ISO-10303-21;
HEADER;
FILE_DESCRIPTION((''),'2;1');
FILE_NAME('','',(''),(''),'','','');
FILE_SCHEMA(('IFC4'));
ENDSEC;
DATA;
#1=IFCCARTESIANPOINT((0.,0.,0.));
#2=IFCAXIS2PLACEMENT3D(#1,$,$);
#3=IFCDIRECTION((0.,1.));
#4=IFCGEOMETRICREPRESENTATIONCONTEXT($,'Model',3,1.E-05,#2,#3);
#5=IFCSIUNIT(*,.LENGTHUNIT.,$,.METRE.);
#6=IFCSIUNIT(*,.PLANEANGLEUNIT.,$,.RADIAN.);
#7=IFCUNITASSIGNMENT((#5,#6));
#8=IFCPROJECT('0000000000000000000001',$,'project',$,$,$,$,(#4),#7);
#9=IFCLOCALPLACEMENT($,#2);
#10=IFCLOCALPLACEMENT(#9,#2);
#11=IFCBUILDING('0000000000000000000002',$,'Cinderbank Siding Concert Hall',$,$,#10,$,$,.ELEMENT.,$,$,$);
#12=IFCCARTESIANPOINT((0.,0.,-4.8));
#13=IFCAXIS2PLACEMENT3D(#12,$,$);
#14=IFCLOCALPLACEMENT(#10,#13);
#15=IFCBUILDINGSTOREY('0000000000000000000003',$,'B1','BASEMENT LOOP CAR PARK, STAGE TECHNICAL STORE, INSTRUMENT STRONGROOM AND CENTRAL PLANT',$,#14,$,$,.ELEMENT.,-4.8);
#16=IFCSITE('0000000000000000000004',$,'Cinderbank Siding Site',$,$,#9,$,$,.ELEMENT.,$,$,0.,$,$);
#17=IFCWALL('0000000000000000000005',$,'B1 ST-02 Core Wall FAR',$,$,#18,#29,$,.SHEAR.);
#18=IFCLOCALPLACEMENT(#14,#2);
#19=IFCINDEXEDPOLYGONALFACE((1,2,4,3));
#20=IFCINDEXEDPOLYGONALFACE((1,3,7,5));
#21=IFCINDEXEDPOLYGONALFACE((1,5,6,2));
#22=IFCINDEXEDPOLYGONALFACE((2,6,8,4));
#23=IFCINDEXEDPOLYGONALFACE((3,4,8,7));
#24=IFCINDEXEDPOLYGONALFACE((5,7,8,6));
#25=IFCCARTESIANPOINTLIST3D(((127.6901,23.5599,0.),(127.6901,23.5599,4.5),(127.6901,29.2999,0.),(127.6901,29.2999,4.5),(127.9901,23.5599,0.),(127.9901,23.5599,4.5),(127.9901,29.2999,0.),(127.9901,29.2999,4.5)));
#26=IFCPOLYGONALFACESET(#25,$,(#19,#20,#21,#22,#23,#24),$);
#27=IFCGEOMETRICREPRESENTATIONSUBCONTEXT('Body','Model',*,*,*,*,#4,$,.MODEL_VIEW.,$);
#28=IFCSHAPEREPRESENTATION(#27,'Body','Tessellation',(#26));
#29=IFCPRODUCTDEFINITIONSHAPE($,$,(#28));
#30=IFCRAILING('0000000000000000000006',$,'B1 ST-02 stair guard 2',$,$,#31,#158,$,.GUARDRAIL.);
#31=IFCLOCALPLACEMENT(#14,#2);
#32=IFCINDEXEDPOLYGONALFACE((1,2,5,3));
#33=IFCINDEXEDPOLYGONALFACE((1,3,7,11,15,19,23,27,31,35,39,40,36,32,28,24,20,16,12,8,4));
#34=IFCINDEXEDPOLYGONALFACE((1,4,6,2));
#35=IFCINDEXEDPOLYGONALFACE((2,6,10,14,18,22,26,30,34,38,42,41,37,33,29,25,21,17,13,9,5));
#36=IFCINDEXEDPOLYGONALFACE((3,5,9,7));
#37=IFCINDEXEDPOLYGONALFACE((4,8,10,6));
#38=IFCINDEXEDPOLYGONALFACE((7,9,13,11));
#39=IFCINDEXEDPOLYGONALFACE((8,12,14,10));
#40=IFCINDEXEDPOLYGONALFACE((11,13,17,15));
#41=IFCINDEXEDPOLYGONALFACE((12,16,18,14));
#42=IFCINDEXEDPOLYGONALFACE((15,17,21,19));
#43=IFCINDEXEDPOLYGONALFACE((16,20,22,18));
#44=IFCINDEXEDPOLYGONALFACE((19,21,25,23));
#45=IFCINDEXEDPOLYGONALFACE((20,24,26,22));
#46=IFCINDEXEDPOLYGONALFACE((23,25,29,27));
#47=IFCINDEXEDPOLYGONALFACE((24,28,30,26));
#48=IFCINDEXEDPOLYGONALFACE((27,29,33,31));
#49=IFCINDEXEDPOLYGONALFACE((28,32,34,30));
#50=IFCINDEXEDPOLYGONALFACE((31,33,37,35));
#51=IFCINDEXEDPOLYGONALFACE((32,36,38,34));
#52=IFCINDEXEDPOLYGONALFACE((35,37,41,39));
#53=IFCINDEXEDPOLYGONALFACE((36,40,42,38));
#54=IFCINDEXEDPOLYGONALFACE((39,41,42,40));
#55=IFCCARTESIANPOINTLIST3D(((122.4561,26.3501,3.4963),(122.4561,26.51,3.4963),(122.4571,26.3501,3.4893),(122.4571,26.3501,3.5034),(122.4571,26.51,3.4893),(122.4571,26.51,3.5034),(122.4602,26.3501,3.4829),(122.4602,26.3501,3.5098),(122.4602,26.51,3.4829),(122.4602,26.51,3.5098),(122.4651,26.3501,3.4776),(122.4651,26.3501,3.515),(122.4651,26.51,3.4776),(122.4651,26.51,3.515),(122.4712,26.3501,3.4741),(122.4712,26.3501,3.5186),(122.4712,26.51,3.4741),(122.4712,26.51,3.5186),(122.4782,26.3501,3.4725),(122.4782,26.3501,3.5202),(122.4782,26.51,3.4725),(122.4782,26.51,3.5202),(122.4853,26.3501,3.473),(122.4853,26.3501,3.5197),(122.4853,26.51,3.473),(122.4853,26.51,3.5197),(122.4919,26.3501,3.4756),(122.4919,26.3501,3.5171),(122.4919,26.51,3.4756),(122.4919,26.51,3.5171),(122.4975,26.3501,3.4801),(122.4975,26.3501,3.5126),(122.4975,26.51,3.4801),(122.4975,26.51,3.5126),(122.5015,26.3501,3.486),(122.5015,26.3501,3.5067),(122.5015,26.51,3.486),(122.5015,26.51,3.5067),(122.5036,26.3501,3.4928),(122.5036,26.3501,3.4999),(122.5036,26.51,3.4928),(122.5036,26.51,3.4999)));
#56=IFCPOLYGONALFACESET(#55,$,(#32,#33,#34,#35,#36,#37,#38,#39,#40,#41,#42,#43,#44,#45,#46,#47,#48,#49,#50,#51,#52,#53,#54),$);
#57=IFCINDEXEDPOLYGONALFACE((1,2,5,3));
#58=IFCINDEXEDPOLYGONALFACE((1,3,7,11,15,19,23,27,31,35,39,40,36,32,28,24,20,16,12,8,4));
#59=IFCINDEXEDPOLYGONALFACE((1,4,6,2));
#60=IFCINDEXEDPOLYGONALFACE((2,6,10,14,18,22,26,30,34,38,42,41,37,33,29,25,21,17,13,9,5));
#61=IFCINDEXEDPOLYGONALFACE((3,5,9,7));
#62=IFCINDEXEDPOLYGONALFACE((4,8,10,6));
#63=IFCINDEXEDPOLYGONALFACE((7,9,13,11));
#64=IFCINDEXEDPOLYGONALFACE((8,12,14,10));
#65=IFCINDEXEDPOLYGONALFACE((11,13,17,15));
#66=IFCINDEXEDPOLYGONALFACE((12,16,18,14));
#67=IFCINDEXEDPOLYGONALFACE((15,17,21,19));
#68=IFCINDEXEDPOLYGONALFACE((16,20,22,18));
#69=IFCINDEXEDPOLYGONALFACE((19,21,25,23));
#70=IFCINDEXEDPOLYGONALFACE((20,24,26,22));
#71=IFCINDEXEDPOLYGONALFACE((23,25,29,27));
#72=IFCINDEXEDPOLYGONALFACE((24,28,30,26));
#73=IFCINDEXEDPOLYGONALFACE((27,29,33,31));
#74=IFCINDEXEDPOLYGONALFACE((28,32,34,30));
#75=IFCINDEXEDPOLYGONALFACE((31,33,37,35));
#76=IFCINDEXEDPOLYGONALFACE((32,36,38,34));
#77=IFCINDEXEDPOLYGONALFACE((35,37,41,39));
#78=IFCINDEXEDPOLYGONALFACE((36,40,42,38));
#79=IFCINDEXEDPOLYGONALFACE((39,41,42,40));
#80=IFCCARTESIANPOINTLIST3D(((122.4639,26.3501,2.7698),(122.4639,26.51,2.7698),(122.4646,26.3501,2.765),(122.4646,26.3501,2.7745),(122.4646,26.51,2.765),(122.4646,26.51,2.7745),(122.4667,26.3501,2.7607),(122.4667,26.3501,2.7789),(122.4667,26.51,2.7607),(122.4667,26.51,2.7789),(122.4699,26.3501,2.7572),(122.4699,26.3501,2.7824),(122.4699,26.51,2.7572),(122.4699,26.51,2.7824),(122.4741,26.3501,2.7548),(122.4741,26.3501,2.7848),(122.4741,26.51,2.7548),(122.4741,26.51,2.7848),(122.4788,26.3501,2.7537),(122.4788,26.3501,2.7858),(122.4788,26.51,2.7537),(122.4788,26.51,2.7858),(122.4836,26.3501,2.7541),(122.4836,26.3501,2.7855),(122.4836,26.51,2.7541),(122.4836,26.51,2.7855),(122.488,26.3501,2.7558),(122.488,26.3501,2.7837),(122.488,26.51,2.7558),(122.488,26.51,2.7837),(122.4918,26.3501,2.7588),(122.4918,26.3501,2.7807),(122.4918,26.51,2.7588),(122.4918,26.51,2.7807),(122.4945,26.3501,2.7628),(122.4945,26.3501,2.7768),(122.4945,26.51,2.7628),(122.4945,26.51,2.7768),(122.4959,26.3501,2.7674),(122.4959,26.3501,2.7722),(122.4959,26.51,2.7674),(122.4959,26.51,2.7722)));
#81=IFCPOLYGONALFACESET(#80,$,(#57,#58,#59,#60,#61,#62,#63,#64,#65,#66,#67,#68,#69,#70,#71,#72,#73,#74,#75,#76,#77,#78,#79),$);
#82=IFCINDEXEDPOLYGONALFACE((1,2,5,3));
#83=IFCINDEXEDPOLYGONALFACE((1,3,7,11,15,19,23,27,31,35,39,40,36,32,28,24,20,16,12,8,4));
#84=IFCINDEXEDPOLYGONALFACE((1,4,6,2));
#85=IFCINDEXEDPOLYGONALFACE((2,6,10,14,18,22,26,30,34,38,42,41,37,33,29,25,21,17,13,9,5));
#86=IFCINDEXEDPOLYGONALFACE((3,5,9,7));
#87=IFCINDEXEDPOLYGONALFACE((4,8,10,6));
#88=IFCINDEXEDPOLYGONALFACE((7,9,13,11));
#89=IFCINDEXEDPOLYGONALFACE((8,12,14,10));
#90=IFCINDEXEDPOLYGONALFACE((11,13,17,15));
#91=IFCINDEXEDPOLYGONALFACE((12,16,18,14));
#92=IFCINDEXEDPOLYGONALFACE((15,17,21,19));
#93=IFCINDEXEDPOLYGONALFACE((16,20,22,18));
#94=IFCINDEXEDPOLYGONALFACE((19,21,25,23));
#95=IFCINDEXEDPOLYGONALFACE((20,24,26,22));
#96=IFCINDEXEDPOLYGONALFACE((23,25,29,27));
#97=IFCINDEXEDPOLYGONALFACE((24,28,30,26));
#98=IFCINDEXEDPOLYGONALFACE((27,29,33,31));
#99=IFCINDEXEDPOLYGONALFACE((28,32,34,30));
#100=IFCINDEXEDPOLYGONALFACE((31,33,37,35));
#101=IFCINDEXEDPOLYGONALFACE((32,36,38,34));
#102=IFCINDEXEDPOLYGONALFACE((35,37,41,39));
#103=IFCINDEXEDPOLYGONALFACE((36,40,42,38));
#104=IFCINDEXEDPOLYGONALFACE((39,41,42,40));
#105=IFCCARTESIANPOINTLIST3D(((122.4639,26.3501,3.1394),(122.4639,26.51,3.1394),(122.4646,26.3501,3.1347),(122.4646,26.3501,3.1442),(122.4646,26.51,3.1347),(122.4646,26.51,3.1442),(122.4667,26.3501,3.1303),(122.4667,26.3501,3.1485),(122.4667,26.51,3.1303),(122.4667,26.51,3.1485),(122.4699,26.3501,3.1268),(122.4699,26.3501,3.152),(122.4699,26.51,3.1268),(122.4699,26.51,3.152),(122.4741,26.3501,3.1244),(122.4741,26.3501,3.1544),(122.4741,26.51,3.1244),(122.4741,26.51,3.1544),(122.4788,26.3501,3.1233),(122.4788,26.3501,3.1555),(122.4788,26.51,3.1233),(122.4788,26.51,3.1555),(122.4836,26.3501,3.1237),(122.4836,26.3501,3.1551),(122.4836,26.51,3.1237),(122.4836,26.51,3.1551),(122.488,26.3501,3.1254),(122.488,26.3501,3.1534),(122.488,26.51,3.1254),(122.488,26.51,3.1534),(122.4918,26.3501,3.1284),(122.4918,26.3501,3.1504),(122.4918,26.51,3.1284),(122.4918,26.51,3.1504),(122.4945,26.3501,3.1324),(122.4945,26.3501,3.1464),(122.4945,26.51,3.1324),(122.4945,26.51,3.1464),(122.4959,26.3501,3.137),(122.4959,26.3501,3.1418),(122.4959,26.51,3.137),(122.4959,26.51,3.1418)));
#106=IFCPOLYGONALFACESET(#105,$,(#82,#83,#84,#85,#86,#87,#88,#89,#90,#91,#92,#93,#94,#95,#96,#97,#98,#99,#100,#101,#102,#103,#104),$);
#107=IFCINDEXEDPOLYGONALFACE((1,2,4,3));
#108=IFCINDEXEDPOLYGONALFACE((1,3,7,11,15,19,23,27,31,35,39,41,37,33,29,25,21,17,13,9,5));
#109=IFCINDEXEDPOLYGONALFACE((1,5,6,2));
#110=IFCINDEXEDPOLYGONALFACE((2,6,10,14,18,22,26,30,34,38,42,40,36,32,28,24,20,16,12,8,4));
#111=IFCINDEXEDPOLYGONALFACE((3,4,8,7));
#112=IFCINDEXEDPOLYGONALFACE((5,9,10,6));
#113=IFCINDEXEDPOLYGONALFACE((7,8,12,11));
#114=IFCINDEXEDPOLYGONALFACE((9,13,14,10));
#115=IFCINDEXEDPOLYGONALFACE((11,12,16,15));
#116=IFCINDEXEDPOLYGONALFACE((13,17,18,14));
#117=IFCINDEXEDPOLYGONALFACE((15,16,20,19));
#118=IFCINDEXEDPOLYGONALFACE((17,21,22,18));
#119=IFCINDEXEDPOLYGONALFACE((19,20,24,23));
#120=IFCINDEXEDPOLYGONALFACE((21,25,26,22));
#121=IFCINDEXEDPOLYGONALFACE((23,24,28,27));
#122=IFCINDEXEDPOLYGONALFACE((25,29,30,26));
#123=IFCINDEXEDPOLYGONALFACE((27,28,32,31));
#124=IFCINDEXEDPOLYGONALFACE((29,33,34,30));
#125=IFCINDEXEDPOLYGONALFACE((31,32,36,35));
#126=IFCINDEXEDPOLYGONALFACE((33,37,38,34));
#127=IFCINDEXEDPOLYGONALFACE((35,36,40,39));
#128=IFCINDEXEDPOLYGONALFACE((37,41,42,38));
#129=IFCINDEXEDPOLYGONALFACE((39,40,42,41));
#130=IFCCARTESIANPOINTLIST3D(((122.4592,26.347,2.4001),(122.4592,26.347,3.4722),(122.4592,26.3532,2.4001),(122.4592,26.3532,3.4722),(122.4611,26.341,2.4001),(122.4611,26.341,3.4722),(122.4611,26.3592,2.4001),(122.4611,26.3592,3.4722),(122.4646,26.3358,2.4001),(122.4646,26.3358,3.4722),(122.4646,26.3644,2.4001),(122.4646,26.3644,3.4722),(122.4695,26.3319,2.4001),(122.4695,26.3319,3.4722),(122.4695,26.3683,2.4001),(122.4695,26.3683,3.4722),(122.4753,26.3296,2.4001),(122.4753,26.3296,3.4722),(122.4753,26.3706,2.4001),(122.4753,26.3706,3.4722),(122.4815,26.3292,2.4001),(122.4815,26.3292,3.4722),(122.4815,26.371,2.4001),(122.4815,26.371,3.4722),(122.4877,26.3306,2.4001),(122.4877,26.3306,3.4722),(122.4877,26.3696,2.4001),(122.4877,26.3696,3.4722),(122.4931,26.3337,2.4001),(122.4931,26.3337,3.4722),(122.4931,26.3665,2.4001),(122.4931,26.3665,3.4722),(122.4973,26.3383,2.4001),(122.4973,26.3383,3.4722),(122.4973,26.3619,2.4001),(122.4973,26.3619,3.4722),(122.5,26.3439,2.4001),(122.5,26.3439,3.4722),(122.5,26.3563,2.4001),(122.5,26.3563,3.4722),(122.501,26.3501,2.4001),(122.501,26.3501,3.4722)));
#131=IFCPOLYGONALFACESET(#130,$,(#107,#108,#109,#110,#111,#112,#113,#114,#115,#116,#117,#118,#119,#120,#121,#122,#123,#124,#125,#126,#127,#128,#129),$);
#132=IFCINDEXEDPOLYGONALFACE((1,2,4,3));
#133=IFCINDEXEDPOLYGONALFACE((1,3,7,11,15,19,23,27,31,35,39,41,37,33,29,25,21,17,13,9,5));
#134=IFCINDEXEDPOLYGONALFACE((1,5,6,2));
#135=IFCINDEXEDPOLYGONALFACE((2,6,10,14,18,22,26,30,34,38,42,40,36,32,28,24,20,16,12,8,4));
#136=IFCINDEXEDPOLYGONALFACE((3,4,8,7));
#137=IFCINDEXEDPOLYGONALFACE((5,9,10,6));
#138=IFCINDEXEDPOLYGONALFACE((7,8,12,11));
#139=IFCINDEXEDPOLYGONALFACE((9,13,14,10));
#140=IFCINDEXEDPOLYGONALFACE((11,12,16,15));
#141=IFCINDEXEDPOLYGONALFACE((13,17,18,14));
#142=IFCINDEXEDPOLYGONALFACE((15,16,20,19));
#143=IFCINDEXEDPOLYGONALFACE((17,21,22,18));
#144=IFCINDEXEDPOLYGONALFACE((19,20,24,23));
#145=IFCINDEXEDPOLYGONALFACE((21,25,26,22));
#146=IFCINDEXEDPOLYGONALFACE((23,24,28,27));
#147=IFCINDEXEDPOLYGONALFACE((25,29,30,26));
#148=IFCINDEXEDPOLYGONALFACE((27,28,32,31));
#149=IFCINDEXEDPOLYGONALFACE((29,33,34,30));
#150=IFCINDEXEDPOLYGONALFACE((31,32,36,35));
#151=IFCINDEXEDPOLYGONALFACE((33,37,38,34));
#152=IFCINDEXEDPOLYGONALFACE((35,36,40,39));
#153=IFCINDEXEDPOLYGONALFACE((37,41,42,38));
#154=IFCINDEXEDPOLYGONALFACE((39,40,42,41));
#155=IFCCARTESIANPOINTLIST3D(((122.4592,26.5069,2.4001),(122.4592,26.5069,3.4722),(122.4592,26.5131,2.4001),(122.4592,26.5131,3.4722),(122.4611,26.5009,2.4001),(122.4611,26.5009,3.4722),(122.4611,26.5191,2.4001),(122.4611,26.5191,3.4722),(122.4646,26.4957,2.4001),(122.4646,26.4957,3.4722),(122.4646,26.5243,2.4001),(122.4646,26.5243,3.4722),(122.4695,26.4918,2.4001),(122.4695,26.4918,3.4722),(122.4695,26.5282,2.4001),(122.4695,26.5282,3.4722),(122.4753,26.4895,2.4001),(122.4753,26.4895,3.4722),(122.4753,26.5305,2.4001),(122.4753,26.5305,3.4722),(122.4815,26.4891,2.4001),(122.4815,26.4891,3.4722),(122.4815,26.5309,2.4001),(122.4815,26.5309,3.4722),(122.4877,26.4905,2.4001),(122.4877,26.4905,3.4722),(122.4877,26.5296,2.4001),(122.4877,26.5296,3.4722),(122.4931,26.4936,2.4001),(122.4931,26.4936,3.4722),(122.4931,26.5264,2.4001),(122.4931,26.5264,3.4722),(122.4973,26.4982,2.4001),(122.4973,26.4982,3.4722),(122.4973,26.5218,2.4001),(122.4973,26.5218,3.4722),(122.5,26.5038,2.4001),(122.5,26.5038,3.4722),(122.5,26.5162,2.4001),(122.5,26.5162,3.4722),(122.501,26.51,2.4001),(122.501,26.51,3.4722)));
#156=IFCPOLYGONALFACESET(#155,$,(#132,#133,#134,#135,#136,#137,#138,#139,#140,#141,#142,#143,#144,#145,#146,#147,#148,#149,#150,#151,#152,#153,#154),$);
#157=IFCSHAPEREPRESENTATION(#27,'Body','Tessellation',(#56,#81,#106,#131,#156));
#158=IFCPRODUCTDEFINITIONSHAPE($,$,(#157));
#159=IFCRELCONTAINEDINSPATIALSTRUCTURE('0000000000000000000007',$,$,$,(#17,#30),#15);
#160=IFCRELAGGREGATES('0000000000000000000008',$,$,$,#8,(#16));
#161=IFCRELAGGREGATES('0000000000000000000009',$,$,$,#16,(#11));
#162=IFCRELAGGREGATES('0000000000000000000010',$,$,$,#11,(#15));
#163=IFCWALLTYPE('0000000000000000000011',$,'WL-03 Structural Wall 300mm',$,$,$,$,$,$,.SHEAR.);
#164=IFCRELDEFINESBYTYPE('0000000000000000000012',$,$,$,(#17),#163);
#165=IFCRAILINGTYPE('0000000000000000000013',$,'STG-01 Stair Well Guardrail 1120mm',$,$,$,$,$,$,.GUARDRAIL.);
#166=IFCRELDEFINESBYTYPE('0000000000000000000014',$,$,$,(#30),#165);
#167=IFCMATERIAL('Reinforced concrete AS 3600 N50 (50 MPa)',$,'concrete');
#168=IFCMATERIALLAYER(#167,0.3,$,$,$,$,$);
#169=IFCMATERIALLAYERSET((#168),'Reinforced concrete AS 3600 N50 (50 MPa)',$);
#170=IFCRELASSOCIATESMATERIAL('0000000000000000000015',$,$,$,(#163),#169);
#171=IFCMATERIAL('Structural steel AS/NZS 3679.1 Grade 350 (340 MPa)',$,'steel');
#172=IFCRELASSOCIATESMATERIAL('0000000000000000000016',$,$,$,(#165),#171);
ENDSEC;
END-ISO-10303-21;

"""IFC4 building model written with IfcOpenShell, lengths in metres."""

from ifc_helpers import new_model, si_unit, direction, frame, frame_2d, origin, origin_2d, place, context, subcontext, project, spatial, rectangle, circle, extrude, material, layer, layer_set, type_object, element, save


model = new_model("IFC4")

# Units and contexts
model_context = context("Model", 3, precision=1e-05, world=origin(), true_north=direction((0.0, 1.0)))
body_context = subcontext(model_context, "Body", "Model", "MODEL_VIEW")
ifc_project = project(units=[si_unit("LENGTHUNIT", "METRE"), si_unit("PLANEANGLEUNIT", "RADIAN")], contexts=[model_context])

# Site, building, storey
site_placement = place(None, origin())
site = spatial("IfcSite", under=ifc_project, at=site_placement, Name="Cinderbank Siding Site", CompositionType="ELEMENT", RefElevation=0.0)
building_placement = place(site_placement, origin())
building = spatial("IfcBuilding", under=site, at=building_placement, Name="Cinderbank Siding Concert Hall", CompositionType="ELEMENT")
storey_placement = place(building_placement, frame((0.0, 0.0, -4.8)))
storey = spatial("IfcBuildingStorey", under=building, at=storey_placement, Name="B1", Description="BASEMENT LOOP CAR PARK, STAGE TECHNICAL STORE, INSTRUMENT STRONGROOM AND CENTRAL PLANT", CompositionType="ELEMENT", Elevation=-4.8)

# Shared definitions
ifc_material_1 = material(Name="Reinforced concrete AS 3600 N50 (50 MPa)", Category="concrete")

# Shared definitions
ifc_material_2 = material(Name="Structural steel AS/NZS 3679.1 Grade 350 (340 MPa)", Category="steel")

# Wall
ifc_layer_1 = layer(ifc_material_1, 0.3)
ifc_layer_set_1 = layer_set([ifc_layer_1], Name="Reinforced concrete AS 3600 N50 (50 MPa)")
wall_type_1 = type_object("IfcWallType", Name="WL-03 Structural Wall 300mm", PredefinedType="SHEAR", material=ifc_layer_set_1)
wall_1_placement = place(storey_placement, frame((127.8401, 29.3, 0.0), z_axis=(0.0, 0.0, 1.0), x_axis=(0.0, -1.0, 0.0)))
element("IfcWall", 1, at=wall_1_placement, inside=storey, type_object=wall_type_1, Name="B1 ST-02 Core Wall FAR", PredefinedType="SHEAR", context=body_context, shape_type="SweptSolid", body=[
    extrude(rectangle(XDim=5.74, YDim=0.3, at=frame_2d((2.8701, 0.0))), origin(), (0.0, 0.0, 1.0), 4.5),
])

# Railing
railing_type_1 = type_object("IfcRailingType", Name="STG-01 Stair Well Guardrail 1120mm", PredefinedType="GUARDRAIL", material=ifc_material_2)
railing_1_placement = place(storey_placement, frame((122.48, 26.3501, 2.4001)))
element("IfcRailing", 2, at=railing_1_placement, inside=storey, type_object=railing_type_1, Name="B1 ST-02 stair guard 2", PredefinedType="GUARDRAIL", context=body_context, shape_type="SweptSolid", body=[
    extrude(circle(Radius=0.0239, at=origin_2d()), frame((0.0, 0.0, 1.0962), z_axis=(0.0, 1.0, 0.0), x_axis=(-1.0, 0.0, 0.0)), (0.0, 0.0, 1.0), 0.1599),
    extrude(circle(Radius=0.0161, at=origin_2d()), frame((0.0, 0.0, 0.3696), z_axis=(0.0, 1.0, 0.0), x_axis=(-1.0, 0.0, 0.0)), (0.0, 0.0, 1.0), 0.1599),
    extrude(circle(Radius=0.0161, at=origin_2d()), frame((0.0, 0.0, 0.7393), z_axis=(0.0, 1.0, 0.0), x_axis=(-1.0, 0.0, 0.0)), (0.0, 0.0, 1.0), 0.1599),
    extrude(circle(Radius=0.021, at=origin_2d()), origin(), (0.0, 0.0, 1.0), 1.072),
    extrude(circle(Radius=0.021, at=origin_2d()), frame((0.0, 0.1599, 0.0)), (0.0, 0.0, 1.0), 1.072),
])

save(model, "model.ifc")
